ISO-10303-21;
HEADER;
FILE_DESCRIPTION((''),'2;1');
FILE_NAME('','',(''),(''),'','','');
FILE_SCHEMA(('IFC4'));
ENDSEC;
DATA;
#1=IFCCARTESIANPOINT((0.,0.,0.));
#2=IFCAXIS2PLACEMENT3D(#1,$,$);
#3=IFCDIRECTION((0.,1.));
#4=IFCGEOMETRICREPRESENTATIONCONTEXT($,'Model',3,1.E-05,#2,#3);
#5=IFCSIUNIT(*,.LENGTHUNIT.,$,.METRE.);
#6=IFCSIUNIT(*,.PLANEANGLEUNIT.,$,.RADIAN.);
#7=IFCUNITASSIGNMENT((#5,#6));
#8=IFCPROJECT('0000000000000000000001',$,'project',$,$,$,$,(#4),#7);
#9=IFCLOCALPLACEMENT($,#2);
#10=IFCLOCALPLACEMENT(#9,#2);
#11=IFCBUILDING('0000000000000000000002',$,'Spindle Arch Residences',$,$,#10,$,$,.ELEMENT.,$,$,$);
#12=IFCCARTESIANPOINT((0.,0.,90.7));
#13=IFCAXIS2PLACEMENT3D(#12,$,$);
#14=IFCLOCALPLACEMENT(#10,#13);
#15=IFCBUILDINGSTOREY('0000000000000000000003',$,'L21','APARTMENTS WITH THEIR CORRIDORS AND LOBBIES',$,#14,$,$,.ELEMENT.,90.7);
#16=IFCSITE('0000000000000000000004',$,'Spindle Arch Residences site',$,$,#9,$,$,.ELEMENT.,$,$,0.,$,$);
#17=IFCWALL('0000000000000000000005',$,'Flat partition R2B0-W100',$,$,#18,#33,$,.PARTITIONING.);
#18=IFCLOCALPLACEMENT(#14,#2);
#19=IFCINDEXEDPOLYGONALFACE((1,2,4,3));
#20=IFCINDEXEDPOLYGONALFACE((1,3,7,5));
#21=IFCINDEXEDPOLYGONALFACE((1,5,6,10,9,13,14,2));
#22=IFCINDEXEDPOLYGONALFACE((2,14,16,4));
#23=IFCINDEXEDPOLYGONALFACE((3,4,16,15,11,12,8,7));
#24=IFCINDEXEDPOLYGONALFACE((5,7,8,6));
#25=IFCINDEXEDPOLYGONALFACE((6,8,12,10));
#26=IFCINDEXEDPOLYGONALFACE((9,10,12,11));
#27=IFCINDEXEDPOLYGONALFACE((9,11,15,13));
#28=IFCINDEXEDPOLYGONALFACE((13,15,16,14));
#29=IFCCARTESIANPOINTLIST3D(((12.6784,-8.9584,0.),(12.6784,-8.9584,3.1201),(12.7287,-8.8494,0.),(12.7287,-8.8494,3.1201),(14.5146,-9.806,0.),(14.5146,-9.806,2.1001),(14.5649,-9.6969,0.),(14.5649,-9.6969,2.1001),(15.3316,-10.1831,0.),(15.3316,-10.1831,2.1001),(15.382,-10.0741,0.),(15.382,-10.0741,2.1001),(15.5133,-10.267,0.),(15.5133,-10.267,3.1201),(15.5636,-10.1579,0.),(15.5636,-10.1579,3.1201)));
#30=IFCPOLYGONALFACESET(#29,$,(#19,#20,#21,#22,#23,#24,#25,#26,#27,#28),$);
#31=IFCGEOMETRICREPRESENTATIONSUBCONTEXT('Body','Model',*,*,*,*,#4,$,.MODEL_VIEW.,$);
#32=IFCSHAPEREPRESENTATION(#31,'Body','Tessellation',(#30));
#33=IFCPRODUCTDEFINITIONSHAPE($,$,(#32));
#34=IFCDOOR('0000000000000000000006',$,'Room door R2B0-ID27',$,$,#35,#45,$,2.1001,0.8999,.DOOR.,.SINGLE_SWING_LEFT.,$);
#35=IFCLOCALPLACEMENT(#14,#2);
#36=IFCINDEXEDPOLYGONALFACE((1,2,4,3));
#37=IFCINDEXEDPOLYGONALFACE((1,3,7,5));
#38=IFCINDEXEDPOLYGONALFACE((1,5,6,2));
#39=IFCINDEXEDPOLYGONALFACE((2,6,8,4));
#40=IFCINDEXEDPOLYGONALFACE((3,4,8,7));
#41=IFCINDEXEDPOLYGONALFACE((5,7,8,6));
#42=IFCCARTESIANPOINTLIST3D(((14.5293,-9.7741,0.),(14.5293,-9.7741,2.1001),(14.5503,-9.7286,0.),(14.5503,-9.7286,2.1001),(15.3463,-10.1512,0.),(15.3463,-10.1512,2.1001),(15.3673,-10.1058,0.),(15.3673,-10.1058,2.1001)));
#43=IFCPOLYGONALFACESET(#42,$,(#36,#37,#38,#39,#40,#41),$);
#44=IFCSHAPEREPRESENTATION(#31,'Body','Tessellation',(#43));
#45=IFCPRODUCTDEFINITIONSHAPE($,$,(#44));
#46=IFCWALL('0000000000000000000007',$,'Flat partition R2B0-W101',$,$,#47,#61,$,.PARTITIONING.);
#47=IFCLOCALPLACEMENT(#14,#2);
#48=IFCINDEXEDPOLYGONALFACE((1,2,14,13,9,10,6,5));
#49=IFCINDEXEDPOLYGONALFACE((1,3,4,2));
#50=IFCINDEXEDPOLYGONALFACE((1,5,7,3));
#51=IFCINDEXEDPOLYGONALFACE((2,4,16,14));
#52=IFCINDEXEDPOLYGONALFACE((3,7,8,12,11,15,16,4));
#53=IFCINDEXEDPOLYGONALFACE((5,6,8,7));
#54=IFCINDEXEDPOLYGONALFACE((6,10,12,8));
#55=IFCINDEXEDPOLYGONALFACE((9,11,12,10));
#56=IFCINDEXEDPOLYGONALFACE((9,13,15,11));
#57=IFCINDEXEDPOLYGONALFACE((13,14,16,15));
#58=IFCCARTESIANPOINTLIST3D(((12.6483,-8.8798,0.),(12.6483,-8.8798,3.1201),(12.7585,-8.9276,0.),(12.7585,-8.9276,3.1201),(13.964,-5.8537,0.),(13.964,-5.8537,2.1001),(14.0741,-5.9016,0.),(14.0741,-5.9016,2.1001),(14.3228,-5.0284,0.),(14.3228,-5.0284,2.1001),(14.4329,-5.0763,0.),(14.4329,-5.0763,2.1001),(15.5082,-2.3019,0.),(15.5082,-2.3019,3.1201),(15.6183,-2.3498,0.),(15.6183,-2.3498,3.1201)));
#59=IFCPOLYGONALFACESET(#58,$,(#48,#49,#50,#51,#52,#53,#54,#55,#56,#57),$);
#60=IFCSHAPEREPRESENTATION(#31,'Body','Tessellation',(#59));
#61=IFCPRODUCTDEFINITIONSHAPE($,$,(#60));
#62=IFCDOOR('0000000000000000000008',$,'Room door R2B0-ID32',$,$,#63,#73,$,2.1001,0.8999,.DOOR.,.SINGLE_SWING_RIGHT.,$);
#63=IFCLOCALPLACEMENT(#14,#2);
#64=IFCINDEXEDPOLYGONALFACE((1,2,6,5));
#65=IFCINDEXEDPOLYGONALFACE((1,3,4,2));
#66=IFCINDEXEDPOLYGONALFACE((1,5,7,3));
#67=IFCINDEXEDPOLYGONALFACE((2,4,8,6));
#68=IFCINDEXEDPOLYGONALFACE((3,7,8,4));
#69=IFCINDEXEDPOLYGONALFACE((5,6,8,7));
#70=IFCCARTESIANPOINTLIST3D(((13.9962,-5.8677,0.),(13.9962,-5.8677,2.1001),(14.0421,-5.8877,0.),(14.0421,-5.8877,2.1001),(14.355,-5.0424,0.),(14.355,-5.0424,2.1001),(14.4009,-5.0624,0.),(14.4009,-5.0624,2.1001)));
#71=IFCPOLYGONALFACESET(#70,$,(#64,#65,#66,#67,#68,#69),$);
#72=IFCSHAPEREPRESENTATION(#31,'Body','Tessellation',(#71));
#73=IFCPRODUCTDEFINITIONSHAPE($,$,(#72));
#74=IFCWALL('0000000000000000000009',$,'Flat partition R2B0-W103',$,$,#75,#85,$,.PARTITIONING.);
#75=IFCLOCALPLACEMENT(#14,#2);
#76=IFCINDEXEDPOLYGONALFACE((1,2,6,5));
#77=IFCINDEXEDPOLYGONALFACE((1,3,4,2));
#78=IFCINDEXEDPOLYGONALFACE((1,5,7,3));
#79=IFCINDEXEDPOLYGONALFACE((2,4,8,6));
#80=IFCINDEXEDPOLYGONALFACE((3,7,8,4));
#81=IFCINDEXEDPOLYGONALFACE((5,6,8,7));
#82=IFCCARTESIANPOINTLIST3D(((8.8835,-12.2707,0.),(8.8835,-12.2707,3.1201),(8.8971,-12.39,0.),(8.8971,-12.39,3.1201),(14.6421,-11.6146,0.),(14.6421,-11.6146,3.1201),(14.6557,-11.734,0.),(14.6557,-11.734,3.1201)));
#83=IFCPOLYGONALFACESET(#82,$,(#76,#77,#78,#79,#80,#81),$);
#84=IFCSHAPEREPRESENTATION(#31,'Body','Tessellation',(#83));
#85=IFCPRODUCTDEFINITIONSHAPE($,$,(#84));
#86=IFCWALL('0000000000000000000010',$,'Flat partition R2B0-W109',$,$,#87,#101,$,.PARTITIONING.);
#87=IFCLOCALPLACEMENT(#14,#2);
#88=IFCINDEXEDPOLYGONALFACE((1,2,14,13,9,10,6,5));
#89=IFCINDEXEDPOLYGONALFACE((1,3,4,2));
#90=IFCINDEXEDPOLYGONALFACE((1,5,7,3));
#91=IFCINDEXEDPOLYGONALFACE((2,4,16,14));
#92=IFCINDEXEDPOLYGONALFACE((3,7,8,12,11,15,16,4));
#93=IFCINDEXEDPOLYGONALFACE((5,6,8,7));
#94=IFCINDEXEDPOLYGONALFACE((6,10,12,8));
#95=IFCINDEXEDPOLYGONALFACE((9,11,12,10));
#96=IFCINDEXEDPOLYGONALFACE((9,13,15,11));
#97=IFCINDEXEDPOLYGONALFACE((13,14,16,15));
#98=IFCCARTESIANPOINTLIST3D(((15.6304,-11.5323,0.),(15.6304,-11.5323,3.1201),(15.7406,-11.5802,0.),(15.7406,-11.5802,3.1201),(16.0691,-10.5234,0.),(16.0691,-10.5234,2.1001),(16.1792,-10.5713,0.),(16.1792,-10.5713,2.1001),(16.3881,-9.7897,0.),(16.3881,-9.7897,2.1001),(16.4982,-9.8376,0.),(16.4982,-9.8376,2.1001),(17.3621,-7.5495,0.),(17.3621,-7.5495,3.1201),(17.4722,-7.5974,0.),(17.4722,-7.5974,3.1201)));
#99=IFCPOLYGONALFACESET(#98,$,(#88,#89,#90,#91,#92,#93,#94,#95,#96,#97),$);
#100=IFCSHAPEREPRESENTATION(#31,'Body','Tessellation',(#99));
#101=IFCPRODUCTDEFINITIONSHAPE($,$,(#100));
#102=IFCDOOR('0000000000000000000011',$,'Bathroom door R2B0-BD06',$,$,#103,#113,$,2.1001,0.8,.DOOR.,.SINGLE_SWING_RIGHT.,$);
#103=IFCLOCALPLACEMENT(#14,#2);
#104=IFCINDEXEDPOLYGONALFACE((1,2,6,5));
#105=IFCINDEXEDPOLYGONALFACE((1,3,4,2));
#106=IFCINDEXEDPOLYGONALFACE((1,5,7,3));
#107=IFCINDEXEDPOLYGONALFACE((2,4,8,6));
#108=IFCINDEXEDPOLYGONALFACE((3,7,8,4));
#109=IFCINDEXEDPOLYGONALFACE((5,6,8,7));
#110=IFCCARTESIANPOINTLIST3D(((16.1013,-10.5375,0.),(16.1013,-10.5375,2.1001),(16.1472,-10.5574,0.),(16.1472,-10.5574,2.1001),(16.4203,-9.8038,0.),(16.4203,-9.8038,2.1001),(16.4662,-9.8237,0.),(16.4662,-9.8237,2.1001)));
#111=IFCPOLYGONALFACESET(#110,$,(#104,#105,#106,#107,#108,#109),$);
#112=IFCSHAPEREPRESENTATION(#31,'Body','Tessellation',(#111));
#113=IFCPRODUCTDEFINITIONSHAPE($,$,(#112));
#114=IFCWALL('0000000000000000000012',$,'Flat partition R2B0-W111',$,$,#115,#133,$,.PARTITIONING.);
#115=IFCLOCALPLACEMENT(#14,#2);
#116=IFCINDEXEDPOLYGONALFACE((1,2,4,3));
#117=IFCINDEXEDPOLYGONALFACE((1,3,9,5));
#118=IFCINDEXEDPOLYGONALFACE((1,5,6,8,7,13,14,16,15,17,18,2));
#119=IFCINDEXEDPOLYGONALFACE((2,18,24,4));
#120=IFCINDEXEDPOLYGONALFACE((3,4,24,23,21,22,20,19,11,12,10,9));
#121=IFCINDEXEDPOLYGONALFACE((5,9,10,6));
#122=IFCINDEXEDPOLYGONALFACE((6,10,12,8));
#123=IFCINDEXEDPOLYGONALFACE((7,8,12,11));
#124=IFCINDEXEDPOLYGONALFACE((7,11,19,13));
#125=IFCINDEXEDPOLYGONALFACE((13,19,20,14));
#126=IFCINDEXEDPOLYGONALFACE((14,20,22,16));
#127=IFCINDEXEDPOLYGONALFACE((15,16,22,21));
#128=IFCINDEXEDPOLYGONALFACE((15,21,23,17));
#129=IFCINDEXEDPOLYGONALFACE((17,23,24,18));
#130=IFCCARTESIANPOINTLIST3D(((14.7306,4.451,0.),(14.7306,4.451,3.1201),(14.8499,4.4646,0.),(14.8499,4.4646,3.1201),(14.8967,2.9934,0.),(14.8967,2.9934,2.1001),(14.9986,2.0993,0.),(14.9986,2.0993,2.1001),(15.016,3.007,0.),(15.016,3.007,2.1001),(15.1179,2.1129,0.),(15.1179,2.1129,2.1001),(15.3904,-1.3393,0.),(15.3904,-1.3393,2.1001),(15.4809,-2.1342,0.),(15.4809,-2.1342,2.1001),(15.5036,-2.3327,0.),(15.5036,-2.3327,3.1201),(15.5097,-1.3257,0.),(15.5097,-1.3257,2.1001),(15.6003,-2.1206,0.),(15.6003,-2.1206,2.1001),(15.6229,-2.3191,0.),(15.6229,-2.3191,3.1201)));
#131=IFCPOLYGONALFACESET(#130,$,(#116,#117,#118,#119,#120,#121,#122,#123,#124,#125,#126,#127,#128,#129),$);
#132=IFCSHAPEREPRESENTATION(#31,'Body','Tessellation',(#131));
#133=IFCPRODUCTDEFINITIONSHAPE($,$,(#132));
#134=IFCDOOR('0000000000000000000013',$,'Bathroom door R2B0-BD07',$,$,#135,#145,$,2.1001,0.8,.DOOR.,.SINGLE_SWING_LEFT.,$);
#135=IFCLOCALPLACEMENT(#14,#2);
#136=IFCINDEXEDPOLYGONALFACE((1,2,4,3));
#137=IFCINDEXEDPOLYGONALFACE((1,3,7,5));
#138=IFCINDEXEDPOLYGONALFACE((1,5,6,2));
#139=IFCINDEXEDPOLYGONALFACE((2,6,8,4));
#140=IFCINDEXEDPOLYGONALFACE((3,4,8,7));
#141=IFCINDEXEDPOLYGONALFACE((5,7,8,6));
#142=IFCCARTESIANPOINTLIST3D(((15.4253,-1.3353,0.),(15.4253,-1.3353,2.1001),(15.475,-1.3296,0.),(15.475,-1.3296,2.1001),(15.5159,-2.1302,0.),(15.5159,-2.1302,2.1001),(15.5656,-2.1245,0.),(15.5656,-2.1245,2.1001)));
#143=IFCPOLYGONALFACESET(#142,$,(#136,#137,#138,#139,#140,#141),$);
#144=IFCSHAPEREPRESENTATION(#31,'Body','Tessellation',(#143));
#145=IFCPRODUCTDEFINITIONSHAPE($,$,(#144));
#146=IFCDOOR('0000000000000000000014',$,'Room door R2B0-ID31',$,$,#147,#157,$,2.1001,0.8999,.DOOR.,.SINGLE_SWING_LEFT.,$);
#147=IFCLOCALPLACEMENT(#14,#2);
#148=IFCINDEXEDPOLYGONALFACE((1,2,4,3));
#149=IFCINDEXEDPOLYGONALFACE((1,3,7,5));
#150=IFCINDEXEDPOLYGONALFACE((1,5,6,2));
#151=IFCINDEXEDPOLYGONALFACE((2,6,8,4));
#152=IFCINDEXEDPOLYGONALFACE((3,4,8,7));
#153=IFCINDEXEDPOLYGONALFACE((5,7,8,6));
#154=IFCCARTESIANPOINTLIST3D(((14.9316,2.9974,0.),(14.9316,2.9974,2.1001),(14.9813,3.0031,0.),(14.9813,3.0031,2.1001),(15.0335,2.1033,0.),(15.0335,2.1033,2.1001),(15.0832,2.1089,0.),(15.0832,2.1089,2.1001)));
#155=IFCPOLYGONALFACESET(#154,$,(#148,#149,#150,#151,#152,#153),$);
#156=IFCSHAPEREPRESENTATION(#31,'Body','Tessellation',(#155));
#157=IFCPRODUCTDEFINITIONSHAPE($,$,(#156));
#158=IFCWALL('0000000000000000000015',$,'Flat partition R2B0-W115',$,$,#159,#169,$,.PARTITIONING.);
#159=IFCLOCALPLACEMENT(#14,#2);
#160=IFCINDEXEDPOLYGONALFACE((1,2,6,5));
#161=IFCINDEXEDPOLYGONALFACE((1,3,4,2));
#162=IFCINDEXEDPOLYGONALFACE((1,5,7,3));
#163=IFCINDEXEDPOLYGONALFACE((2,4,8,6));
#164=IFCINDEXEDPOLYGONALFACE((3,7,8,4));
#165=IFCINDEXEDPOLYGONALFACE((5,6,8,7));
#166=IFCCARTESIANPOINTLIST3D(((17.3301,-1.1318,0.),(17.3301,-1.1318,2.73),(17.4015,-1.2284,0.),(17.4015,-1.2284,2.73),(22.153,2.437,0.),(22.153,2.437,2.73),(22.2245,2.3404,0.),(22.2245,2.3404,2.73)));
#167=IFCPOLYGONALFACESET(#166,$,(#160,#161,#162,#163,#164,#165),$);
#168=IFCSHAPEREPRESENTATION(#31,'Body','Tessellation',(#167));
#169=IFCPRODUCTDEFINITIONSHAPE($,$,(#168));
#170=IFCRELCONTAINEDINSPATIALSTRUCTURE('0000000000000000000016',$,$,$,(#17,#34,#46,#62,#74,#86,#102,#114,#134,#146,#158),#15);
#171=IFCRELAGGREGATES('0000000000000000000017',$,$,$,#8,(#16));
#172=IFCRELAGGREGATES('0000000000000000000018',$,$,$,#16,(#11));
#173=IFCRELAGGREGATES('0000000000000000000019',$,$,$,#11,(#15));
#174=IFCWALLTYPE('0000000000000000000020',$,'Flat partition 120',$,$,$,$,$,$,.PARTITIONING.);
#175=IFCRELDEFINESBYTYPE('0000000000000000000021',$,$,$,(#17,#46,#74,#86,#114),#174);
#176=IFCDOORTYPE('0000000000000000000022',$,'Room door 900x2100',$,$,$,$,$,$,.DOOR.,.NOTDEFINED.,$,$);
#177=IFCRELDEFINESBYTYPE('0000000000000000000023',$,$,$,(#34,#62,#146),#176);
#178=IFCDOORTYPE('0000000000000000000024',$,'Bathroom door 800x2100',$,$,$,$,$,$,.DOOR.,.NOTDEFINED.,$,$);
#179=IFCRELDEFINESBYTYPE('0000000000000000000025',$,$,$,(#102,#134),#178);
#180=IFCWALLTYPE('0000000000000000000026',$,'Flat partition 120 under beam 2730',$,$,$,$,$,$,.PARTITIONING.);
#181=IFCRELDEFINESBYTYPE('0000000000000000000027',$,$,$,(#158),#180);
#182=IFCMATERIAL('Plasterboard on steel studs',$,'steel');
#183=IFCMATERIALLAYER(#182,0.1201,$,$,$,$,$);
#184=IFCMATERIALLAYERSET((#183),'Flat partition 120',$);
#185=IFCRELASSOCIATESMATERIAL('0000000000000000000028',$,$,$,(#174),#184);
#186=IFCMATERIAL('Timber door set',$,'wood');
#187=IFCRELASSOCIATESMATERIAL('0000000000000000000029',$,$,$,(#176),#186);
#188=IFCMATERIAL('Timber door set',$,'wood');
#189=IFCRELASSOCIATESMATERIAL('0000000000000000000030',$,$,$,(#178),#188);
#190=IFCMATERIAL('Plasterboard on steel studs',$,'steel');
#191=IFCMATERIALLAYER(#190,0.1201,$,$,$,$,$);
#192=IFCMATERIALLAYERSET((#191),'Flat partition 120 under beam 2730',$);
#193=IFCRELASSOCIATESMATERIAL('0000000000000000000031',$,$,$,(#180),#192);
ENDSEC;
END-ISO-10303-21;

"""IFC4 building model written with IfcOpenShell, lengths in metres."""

from ifc_helpers import new_model, si_unit, direction, frame, frame_2d, origin, place, context, subcontext, project, spatial, rectangle, extrude, material, layer, layer_set, type_object, element, fill, save


model = new_model("IFC4")

# Units and contexts
model_context = context("Model", 3, precision=1e-05, world=origin(), true_north=direction((0.0, 1.0)))
body_context = subcontext(model_context, "Body", "Model", "MODEL_VIEW")
ifc_project = project(units=[si_unit("LENGTHUNIT", "METRE"), si_unit("PLANEANGLEUNIT", "RADIAN")], contexts=[model_context])

# Site, building, storey
site_placement = place(None, origin())
site = spatial("IfcSite", under=ifc_project, at=site_placement, Name="Spindle Arch Residences site", CompositionType="ELEMENT", RefElevation=0.0)
building_placement = place(site_placement, origin())
building = spatial("IfcBuilding", under=site, at=building_placement, Name="Spindle Arch Residences", CompositionType="ELEMENT")
storey_placement = place(building_placement, frame((0.0, 0.0, 90.7)))
storey = spatial("IfcBuildingStorey", under=building, at=storey_placement, Name="L21", Description="APARTMENTS WITH THEIR CORRIDORS AND LOBBIES", CompositionType="ELEMENT", Elevation=90.7)

# Shared definitions
ifc_material_1 = material(Name="Plasterboard on steel studs", Category="steel")
ifc_layer_1 = layer(ifc_material_1, 0.1201)
ifc_layer_set_1 = layer_set([ifc_layer_1], Name="Flat partition 120")
wall_type_1 = type_object("IfcWallType", Name="Flat partition 120", PredefinedType="PARTITIONING", material=ifc_layer_set_1)

# Walls, openings, doors
wall_1_placement = place(storey_placement, frame((15.5383, -10.2124, 0.0), z_axis=(0.0, 0.0, 1.0), x_axis=(-0.907941, 0.419098, 0.0)))
wall_1 = element("IfcWall", 1, at=wall_1_placement, inside=storey, type_object=wall_type_1, Name="Flat partition R2B0-W100", PredefinedType="PARTITIONING", context=body_context, shape_type="SweptSolid", body=[
    extrude(rectangle(XDim=3.1223, YDim=0.1201, at=frame_2d((1.561, 0.0))), origin(), (0.0, 0.0, 1.0), 3.1201),
])
opening_1_placement = place(wall_1_placement, frame((0.2, 0.0, 0.0)))
opening_1 = element("IfcOpeningElement", 2, at=opening_1_placement, cuts=wall_1, PredefinedType="OPENING", context=body_context, shape_type="SweptSolid", body=[
    extrude(rectangle(XDim=0.8999, YDim=2.1001, at=frame_2d((0.45, 1.05))), frame((0.0, 0.0701, 0.0), z_axis=(0.0, -1.0, 0.0), x_axis=(1.0, 0.0, 0.0)), (0.0, 0.0, 1.0), 0.1401),
])
ifc_material_2 = material(Name="Timber door set", Category="wood")
door_type_1 = type_object("IfcDoorType", Name="Room door 900x2100", OperationType="NOTDEFINED", PredefinedType="DOOR", material=ifc_material_2)
door_1_placement = place(opening_1_placement, origin())
door_1 = element("IfcDoor", 3, at=door_1_placement, inside=storey, type_object=door_type_1, Name="Room door R2B0-ID27", OperationType="SINGLE_SWING_LEFT", OverallHeight=2.1001, OverallWidth=0.8999, PredefinedType="DOOR", context=body_context, shape_type="SweptSolid", body=[
    extrude(rectangle(XDim=0.8999, YDim=2.1001, at=frame_2d((0.45, 1.05))), frame((0.0, 0.0249, 0.0), z_axis=(0.0, -1.0, 0.0), x_axis=(1.0, 0.0, 0.0)), (0.0, 0.0, 1.0), 0.05),
])
fill(opening_1, door_1)
wall_2_placement = place(storey_placement, frame((12.7034, -8.9038, 0.0), z_axis=(0.0, 0.0, 1.0), x_axis=(0.398716, 0.917074, 0.0)))
wall_2 = element("IfcWall", 4, at=wall_2_placement, inside=storey, type_object=wall_type_1, Name="Flat partition R2B0-W101", PredefinedType="PARTITIONING", context=body_context, shape_type="SweptSolid", body=[
    extrude(rectangle(XDim=7.1726, YDim=0.1201, at=frame_2d((3.5864, 0.0))), origin(), (0.0, 0.0, 1.0), 3.1201),
])
opening_2_placement = place(wall_2_placement, frame((3.2998, 0.0, 0.0)))
opening_2 = element("IfcOpeningElement", 5, at=opening_2_placement, cuts=wall_2, PredefinedType="OPENING", context=body_context, shape_type="SweptSolid", body=[
    extrude(rectangle(XDim=0.8999, YDim=2.1001, at=frame_2d((0.45, 1.05))), frame((0.0, 0.0701, 0.0), z_axis=(0.0, -1.0, 0.0), x_axis=(1.0, 0.0, 0.0)), (0.0, 0.0, 1.0), 0.1401),
])
door_2_placement = place(opening_2_placement, origin())
door_2 = element("IfcDoor", 6, at=door_2_placement, inside=storey, type_object=door_type_1, Name="Room door R2B0-ID32", OperationType="SINGLE_SWING_RIGHT", OverallHeight=2.1001, OverallWidth=0.8999, PredefinedType="DOOR", context=body_context, shape_type="SweptSolid", body=[
    extrude(rectangle(XDim=0.8999, YDim=2.1001, at=frame_2d((0.45, 1.05))), frame((0.0, 0.0249, 0.0), z_axis=(0.0, -1.0, 0.0), x_axis=(1.0, 0.0, 0.0)), (0.0, 0.0, 1.0), 0.05),
])
fill(opening_2, door_2)

# Wall
wall_3_placement = place(storey_placement, frame((14.6489, -11.6743, 0.0), z_axis=(0.0, 0.0, 1.0), x_axis=(-0.993574, -0.113187, 0.0)))
element("IfcWall", 7, at=wall_3_placement, inside=storey, type_object=wall_type_1, Name="Flat partition R2B0-W103", PredefinedType="PARTITIONING", context=body_context, shape_type="SweptSolid", body=[
    extrude(rectangle(XDim=5.7959, YDim=0.1201, at=frame_2d((2.8979, 0.0))), origin(), (0.0, 0.0, 1.0), 3.1201),
])

# Wall, opening, door
wall_4_placement = place(storey_placement, frame((15.6855, -11.5562, 0.0), z_axis=(0.0, 0.0, 1.0), x_axis=(0.398724, 0.917071, 0.0)))
wall_4 = element("IfcWall", 8, at=wall_4_placement, inside=storey, type_object=wall_type_1, Name="Flat partition R2B0-W109", PredefinedType="PARTITIONING", context=body_context, shape_type="SweptSolid", body=[
    extrude(rectangle(XDim=4.343, YDim=0.1201, at=frame_2d((2.1714, 0.0))), origin(), (0.0, 0.0, 1.0), 3.1201),
])
opening_3_placement = place(wall_4_placement, frame((1.1001, 0.0, 0.0)))
opening_3 = element("IfcOpeningElement", 9, at=opening_3_placement, cuts=wall_4, PredefinedType="OPENING", context=body_context, shape_type="SweptSolid", body=[
    extrude(rectangle(XDim=0.8, YDim=2.1001, at=frame_2d((0.3999, 1.05))), frame((0.0, 0.0701, 0.0), z_axis=(0.0, -1.0, 0.0), x_axis=(1.0, 0.0, 0.0)), (0.0, 0.0, 1.0), 0.1401),
])
ifc_material_3 = material(Name="Timber door set", Category="wood")
door_type_2 = type_object("IfcDoorType", Name="Bathroom door 800x2100", OperationType="NOTDEFINED", PredefinedType="DOOR", material=ifc_material_3)
door_3_placement = place(opening_3_placement, origin())
door_3 = element("IfcDoor", 10, at=door_3_placement, inside=storey, type_object=door_type_2, Name="Bathroom door R2B0-BD06", OperationType="SINGLE_SWING_RIGHT", OverallHeight=2.1001, OverallWidth=0.8, PredefinedType="DOOR", context=body_context, shape_type="SweptSolid", body=[
    extrude(rectangle(XDim=0.8, YDim=2.1001, at=frame_2d((0.3999, 1.05))), frame((0.0, 0.0249, 0.0), z_axis=(0.0, -1.0, 0.0), x_axis=(1.0, 0.0, 0.0)), (0.0, 0.0, 1.0), 0.05),
])
fill(opening_3, door_3)

# Wall, openings, doors
wall_5_placement = place(storey_placement, frame((15.5632, -2.3259, 0.0), z_axis=(0.0, 0.0, 1.0), x_axis=(-0.11321, 0.993571, 0.0)))
wall_5 = element("IfcWall", 11, at=wall_5_placement, inside=storey, type_object=wall_type_1, Name="Flat partition R2B0-W111", PredefinedType="PARTITIONING", context=body_context, shape_type="SweptSolid", body=[
    extrude(rectangle(XDim=6.8276, YDim=0.1201, at=frame_2d((3.4138, 0.0))), origin(), (0.0, 0.0, 1.0), 3.1201),
])
opening_4_placement = place(wall_5_placement, frame((4.4607, 0.0, 0.0)))
opening_4 = element("IfcOpeningElement", 12, at=opening_4_placement, cuts=wall_5, PredefinedType="OPENING", context=body_context, shape_type="SweptSolid", body=[
    extrude(rectangle(XDim=0.8999, YDim=2.1001, at=frame_2d((0.45, 1.05))), frame((0.0, 0.0701, 0.0), z_axis=(0.0, -1.0, 0.0), x_axis=(1.0, 0.0, 0.0)), (0.0, 0.0, 1.0), 0.1401),
])
opening_5_placement = place(wall_5_placement, frame((0.2, 0.0, 0.0)))
opening_5 = element("IfcOpeningElement", 13, at=opening_5_placement, cuts=wall_5, PredefinedType="OPENING", context=body_context, shape_type="SweptSolid", body=[
    extrude(rectangle(XDim=0.8, YDim=2.1001, at=frame_2d((0.3999, 1.05))), frame((0.0, 0.0701, 0.0), z_axis=(0.0, -1.0, 0.0), x_axis=(1.0, 0.0, 0.0)), (0.0, 0.0, 1.0), 0.1401),
])
door_4_placement = place(opening_5_placement, origin())
door_4 = element("IfcDoor", 14, at=door_4_placement, inside=storey, type_object=door_type_2, Name="Bathroom door R2B0-BD07", OperationType="SINGLE_SWING_LEFT", OverallHeight=2.1001, OverallWidth=0.8, PredefinedType="DOOR", context=body_context, shape_type="SweptSolid", body=[
    extrude(rectangle(XDim=0.8, YDim=2.1001, at=frame_2d((0.3999, 1.05))), frame((0.0, 0.0249, 0.0), z_axis=(0.0, -1.0, 0.0), x_axis=(1.0, 0.0, 0.0)), (0.0, 0.0, 1.0), 0.05),
])
fill(opening_5, door_4)
door_5_placement = place(opening_4_placement, origin())
door_5 = element("IfcDoor", 15, at=door_5_placement, inside=storey, type_object=door_type_1, Name="Room door R2B0-ID31", OperationType="SINGLE_SWING_LEFT", OverallHeight=2.1001, OverallWidth=0.8999, PredefinedType="DOOR", context=body_context, shape_type="SweptSolid", body=[
    extrude(rectangle(XDim=0.8999, YDim=2.1001, at=frame_2d((0.45, 1.05))), frame((0.0, 0.0249, 0.0), z_axis=(0.0, -1.0, 0.0), x_axis=(1.0, 0.0, 0.0)), (0.0, 0.0, 1.0), 0.05),
])
fill(opening_4, door_5)

# Wall
ifc_material_4 = material(Name="Plasterboard on steel studs", Category="steel")
ifc_layer_2 = layer(ifc_material_4, 0.1201)
ifc_layer_set_2 = layer_set([ifc_layer_2], Name="Flat partition 120 under beam 2730")
wall_type_2 = type_object("IfcWallType", Name="Flat partition 120 under beam 2730", PredefinedType="PARTITIONING", material=ifc_layer_set_2)
wall_6_placement = place(storey_placement, frame((17.3657, -1.1802, 0.0), z_axis=(0.0, 0.0, 1.0), x_axis=(0.803856, 0.594825, 0.0)))
element("IfcWall", 16, at=wall_6_placement, inside=storey, type_object=wall_type_2, Name="Flat partition R2B0-W115", PredefinedType="PARTITIONING", context=body_context, shape_type="SweptSolid", body=[
    extrude(rectangle(XDim=5.9998, YDim=0.1201, at=frame_2d((3.0, 0.0))), origin(), (0.0, 0.0, 1.0), 2.73),
])

save(model, "model.ifc")
